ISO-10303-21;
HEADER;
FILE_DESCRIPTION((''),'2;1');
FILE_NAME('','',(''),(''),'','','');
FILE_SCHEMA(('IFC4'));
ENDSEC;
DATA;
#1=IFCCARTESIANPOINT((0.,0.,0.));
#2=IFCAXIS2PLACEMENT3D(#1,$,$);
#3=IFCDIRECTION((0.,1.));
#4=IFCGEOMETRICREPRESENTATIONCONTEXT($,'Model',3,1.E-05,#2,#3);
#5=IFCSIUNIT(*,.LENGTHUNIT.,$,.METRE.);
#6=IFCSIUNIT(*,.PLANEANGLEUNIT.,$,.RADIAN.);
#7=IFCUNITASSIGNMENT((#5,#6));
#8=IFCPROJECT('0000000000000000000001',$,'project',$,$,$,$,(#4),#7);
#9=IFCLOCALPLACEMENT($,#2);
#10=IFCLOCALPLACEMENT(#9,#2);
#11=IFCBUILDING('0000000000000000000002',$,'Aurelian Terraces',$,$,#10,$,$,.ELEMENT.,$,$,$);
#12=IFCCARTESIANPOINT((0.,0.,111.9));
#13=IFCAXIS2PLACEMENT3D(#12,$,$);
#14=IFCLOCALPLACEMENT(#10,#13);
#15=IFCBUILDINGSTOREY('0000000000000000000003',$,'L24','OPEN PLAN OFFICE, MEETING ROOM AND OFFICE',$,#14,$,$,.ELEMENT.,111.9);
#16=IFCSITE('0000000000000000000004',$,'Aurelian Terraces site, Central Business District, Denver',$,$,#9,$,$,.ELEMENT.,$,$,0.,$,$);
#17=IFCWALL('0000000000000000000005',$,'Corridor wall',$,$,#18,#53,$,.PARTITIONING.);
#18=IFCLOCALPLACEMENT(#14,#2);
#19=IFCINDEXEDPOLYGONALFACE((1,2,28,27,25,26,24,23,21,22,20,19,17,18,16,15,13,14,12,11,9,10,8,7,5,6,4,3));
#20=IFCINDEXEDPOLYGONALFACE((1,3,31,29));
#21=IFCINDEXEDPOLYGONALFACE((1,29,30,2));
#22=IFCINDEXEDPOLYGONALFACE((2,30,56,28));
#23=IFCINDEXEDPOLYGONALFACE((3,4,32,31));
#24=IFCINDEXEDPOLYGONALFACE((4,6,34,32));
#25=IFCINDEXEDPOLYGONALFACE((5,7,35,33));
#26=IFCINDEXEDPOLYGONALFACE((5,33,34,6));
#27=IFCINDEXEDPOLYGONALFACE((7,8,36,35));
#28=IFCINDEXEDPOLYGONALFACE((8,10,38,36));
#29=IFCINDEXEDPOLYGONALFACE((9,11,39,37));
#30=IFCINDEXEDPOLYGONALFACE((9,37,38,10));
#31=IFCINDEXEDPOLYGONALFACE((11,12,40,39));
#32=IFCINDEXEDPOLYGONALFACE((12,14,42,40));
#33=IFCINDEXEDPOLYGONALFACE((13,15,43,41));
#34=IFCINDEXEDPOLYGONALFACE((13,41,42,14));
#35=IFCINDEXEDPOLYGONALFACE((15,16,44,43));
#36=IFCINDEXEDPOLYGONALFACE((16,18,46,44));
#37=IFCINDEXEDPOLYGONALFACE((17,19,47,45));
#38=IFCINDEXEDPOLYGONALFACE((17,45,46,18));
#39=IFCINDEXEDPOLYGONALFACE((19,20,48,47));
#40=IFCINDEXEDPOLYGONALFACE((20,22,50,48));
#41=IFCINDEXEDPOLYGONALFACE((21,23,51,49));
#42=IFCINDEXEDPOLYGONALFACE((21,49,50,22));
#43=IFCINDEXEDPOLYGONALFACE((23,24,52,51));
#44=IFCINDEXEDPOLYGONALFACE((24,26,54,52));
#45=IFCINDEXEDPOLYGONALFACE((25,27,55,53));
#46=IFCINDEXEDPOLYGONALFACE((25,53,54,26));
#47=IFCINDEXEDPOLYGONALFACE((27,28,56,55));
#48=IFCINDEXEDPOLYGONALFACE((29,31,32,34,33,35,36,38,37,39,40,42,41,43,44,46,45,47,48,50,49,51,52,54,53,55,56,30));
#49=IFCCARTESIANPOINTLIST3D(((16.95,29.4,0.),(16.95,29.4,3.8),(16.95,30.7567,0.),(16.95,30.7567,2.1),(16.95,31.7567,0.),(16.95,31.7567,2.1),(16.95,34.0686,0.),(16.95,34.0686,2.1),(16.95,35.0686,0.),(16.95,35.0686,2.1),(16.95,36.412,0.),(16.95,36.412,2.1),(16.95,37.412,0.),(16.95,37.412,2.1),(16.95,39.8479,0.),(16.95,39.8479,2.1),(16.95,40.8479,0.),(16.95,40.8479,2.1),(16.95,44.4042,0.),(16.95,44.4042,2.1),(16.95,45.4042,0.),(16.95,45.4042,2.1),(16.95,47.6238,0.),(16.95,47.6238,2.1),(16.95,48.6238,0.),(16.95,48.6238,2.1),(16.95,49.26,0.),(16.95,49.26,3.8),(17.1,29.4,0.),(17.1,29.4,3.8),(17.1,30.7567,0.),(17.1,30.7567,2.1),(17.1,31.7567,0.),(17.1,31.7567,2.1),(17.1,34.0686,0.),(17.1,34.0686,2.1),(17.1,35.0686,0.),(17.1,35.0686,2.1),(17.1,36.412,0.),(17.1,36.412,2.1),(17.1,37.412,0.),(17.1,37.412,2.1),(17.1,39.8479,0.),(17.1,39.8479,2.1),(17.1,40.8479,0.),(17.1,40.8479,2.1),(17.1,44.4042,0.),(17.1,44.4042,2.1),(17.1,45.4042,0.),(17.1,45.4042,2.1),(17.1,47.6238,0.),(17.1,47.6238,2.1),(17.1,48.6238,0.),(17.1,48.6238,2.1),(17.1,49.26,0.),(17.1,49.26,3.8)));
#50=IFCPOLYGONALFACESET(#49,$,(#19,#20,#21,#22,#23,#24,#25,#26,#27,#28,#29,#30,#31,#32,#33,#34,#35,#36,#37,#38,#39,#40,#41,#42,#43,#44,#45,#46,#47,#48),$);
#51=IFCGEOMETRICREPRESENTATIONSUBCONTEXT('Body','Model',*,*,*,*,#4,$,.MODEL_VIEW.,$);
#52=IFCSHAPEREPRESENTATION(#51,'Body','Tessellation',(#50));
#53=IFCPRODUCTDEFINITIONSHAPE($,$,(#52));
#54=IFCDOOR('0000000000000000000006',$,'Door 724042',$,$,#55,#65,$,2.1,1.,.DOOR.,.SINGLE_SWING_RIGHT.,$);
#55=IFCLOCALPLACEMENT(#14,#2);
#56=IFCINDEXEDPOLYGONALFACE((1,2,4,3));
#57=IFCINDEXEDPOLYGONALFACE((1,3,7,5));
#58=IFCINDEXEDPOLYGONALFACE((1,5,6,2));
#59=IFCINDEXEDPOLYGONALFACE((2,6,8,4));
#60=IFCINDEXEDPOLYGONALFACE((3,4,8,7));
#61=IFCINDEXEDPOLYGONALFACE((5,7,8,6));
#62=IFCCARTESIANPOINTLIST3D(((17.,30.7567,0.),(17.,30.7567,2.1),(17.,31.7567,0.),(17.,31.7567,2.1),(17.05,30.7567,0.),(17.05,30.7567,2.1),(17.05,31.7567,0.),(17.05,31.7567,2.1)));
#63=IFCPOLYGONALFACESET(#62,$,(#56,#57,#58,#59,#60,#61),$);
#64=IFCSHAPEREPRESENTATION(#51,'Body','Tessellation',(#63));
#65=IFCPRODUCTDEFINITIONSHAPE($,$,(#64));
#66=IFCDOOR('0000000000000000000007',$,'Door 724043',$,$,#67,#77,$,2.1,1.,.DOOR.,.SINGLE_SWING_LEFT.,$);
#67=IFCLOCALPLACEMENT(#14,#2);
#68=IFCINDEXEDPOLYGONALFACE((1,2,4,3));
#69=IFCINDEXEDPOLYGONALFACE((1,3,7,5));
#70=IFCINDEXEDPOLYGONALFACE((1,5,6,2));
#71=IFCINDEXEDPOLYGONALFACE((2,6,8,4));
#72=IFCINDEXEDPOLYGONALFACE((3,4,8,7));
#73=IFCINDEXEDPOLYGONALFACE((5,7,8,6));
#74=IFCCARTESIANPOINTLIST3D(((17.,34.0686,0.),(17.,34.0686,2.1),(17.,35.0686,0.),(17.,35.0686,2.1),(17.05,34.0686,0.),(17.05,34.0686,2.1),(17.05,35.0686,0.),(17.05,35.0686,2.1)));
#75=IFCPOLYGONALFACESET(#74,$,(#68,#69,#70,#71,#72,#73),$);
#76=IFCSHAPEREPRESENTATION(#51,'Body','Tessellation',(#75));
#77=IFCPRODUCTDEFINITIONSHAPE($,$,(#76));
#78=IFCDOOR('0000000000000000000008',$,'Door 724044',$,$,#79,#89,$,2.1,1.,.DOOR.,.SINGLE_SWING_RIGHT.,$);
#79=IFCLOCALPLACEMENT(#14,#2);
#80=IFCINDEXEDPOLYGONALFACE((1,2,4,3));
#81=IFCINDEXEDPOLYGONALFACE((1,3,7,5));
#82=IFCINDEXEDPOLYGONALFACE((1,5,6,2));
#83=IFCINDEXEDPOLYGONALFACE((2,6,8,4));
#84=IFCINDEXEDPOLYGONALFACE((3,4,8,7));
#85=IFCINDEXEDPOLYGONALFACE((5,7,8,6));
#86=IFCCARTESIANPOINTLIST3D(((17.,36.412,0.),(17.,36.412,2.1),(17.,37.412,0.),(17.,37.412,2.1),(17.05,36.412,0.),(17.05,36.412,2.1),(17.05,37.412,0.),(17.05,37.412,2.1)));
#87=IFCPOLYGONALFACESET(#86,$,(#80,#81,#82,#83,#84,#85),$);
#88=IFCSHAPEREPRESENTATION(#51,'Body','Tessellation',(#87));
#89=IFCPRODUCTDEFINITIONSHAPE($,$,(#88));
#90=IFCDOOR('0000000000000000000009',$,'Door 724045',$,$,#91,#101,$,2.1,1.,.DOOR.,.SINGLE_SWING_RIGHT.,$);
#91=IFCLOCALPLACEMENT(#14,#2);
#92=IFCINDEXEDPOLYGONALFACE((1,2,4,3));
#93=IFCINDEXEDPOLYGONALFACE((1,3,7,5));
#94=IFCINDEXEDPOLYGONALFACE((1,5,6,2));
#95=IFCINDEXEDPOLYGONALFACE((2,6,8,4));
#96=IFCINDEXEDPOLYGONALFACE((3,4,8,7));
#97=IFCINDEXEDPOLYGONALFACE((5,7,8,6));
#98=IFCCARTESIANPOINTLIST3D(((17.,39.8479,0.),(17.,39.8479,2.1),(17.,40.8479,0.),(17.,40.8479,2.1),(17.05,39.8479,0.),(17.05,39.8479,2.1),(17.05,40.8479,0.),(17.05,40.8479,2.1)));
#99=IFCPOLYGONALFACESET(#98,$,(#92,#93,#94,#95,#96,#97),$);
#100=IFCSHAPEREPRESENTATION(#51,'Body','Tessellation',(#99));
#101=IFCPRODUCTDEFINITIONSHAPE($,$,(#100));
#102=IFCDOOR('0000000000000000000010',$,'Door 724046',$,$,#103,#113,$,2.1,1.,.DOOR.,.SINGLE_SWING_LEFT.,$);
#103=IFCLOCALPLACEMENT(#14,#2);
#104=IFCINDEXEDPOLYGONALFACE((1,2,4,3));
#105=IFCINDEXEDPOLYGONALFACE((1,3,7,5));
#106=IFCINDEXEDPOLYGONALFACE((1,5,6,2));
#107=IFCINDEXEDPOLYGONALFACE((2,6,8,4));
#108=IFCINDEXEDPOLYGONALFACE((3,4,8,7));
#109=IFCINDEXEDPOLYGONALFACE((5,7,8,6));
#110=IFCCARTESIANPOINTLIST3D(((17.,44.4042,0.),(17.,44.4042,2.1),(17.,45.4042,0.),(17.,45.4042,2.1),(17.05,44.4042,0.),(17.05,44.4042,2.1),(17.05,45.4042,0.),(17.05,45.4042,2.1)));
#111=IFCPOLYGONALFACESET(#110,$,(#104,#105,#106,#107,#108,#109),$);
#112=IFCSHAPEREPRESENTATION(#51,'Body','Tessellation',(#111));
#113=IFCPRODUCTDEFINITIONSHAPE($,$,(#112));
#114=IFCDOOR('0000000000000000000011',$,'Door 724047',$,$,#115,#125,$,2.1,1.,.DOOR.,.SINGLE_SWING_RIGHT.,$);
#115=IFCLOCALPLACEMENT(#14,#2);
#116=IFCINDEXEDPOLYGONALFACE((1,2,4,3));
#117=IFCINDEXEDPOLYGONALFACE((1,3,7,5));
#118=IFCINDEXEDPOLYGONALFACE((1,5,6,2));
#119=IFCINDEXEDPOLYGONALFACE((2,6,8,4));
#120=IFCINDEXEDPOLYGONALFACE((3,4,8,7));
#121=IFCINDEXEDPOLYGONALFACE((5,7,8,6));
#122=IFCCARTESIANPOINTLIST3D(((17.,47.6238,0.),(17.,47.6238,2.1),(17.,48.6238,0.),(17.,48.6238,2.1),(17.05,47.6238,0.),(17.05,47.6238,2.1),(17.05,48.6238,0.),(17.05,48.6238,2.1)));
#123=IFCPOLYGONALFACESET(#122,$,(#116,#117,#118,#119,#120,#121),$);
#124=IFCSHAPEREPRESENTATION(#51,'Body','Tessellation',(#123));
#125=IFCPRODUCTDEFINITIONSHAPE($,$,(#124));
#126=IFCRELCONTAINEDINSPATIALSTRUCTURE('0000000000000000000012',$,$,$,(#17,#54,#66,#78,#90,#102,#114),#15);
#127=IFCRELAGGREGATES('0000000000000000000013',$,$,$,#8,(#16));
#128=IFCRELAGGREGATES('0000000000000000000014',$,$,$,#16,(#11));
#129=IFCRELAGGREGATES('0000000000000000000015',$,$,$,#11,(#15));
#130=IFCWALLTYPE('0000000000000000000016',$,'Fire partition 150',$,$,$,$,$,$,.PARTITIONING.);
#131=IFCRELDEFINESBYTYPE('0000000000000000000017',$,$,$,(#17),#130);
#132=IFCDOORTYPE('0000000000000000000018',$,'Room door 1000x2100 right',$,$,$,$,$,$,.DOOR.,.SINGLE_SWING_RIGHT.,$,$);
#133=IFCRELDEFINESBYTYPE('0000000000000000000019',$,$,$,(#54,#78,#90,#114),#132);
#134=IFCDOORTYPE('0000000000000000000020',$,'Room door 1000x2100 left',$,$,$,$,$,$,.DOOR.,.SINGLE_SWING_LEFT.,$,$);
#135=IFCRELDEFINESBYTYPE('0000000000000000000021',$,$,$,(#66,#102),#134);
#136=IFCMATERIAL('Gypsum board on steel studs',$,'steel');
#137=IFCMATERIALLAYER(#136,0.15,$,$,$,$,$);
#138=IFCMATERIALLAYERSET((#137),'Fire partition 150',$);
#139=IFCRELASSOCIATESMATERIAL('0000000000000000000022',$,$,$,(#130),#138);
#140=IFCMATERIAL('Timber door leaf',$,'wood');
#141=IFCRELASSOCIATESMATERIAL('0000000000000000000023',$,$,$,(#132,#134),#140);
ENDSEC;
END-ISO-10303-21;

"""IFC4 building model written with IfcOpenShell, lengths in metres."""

from ifc_helpers import new_model, si_unit, direction, frame, frame_2d, origin, place, context, subcontext, project, spatial, rectangle, extrude, source, transform, mapped, material, layer, layer_set, type_object, element, fill, save


model = new_model("IFC4")

# Units and contexts
model_context = context("Model", 3, precision=1e-05, world=origin(), true_north=direction((0.0, 1.0)))
body_context = subcontext(model_context, "Body", "Model", "MODEL_VIEW")
ifc_project = project(units=[si_unit("LENGTHUNIT", "METRE"), si_unit("PLANEANGLEUNIT", "RADIAN")], contexts=[model_context])

# Site, building, storey
site_placement = place(None, origin())
site = spatial("IfcSite", under=ifc_project, at=site_placement, Name="Aurelian Terraces site, Central Business District, Denver", CompositionType="ELEMENT", RefElevation=0.0)
building_placement = place(site_placement, origin())
building = spatial("IfcBuilding", under=site, at=building_placement, Name="Aurelian Terraces", CompositionType="ELEMENT")
storey_placement = place(building_placement, frame((0.0, 0.0, 111.9)))
storey = spatial("IfcBuildingStorey", under=building, at=storey_placement, Name="L24", Description="OPEN PLAN OFFICE, MEETING ROOM AND OFFICE", CompositionType="ELEMENT", Elevation=111.9)

# Shared definitions
ifc_material_1 = material(Name="Gypsum board on steel studs", Category="steel")

# Wall, openings, doors
ifc_layer_1 = layer(ifc_material_1, 0.15)
ifc_layer_set_1 = layer_set([ifc_layer_1], Name="Fire partition 150")
wall_type_1 = type_object("IfcWallType", Name="Fire partition 150", PredefinedType="PARTITIONING", material=ifc_layer_set_1)
ifc_material_2 = material(Name="Timber door leaf", Category="wood")
shared_shape_1 = source(origin(), body_context, "Body", "SweptSolid", [
    extrude(rectangle(XDim=19.86, YDim=0.15, at=frame_2d((9.93, 0.0))), origin(), (0.0, 0.0, 1.0), 3.8),
])
wall_1_placement = place(storey_placement, frame((17.025, 49.26, 0.0), z_axis=(0.0, 0.0, 1.0), x_axis=(0.0, -1.0, 0.0)))
wall_1 = element("IfcWall", 1, at=wall_1_placement, inside=storey, type_object=wall_type_1, Name="Corridor wall", PredefinedType="PARTITIONING", context=body_context, shape_type="MappedRepresentation", body=[
    mapped(shared_shape_1, transform((0.0, 0.0, 0.0), scale=1.0)),
])
shared_shape_2 = source(origin(), body_context, "Body", "SweptSolid", [
    extrude(rectangle(XDim=1.0, YDim=2.1, at=frame_2d((0.5, 1.05))), frame((0.0, 0.085, 0.0), z_axis=(0.0, -1.0, 0.0), x_axis=(1.0, 0.0, 0.0)), (0.0, 0.0, 1.0), 0.17),
])
opening_1_placement = place(wall_1_placement, frame((17.5033, 0.0, 0.0)))
opening_1 = element("IfcOpeningElement", 2, at=opening_1_placement, cuts=wall_1, PredefinedType="OPENING", context=body_context, shape_type="MappedRepresentation", body=[
    mapped(shared_shape_2, transform((0.0, 0.0, 0.0), scale=1.0)),
])
opening_2_placement = place(wall_1_placement, frame((14.1914, 0.0, 0.0)))
opening_2 = element("IfcOpeningElement", 3, at=opening_2_placement, cuts=wall_1, PredefinedType="OPENING", context=body_context, shape_type="MappedRepresentation", body=[
    mapped(shared_shape_2, transform((0.0, 0.0, 0.0), scale=1.0)),
])
opening_3_placement = place(wall_1_placement, frame((11.848, 0.0, 0.0)))
opening_3 = element("IfcOpeningElement", 4, at=opening_3_placement, cuts=wall_1, PredefinedType="OPENING", context=body_context, shape_type="MappedRepresentation", body=[
    mapped(shared_shape_2, transform((0.0, 0.0, 0.0), scale=1.0)),
])
opening_4_placement = place(wall_1_placement, frame((8.4121, 0.0, 0.0)))
opening_4 = element("IfcOpeningElement", 5, at=opening_4_placement, cuts=wall_1, PredefinedType="OPENING", context=body_context, shape_type="MappedRepresentation", body=[
    mapped(shared_shape_2, transform((0.0, 0.0, 0.0), scale=1.0)),
])
opening_5_placement = place(wall_1_placement, frame((3.8558, 0.0, 0.0)))
opening_5 = element("IfcOpeningElement", 6, at=opening_5_placement, cuts=wall_1, PredefinedType="OPENING", context=body_context, shape_type="MappedRepresentation", body=[
    mapped(shared_shape_2, transform((0.0, 0.0, 0.0), scale=1.0)),
])
opening_6_placement = place(wall_1_placement, frame((0.6362, 0.0, 0.0)))
opening_6 = element("IfcOpeningElement", 7, at=opening_6_placement, cuts=wall_1, PredefinedType="OPENING", context=body_context, shape_type="MappedRepresentation", body=[
    mapped(shared_shape_2, transform((0.0, 0.0, 0.0), scale=1.0)),
])
door_type_1 = type_object("IfcDoorType", Name="Room door 1000x2100 right", OperationType="SINGLE_SWING_RIGHT", PredefinedType="DOOR", material=ifc_material_2)
shared_shape_3 = source(origin(), body_context, "Body", "SweptSolid", [
    extrude(rectangle(XDim=1.0, YDim=2.1, at=frame_2d((0.5, 1.05))), frame((0.0, 0.025, 0.0), z_axis=(0.0, -1.0, 0.0), x_axis=(1.0, 0.0, 0.0)), (0.0, 0.0, 1.0), 0.05),
])
door_1_placement = place(opening_1_placement, origin())
door_1 = element("IfcDoor", 8, at=door_1_placement, inside=storey, type_object=door_type_1, Name="Door 724042", OperationType="SINGLE_SWING_RIGHT", OverallHeight=2.1, OverallWidth=1.0, PredefinedType="DOOR", context=body_context, shape_type="MappedRepresentation", body=[
    mapped(shared_shape_3, transform((0.0, 0.0, 0.0), scale=1.0)),
])
fill(opening_1, door_1)
door_type_2 = type_object("IfcDoorType", Name="Room door 1000x2100 left", OperationType="SINGLE_SWING_LEFT", PredefinedType="DOOR", material=ifc_material_2)
door_2_placement = place(opening_2_placement, origin())
door_2 = element("IfcDoor", 9, at=door_2_placement, inside=storey, type_object=door_type_2, Name="Door 724043", OperationType="SINGLE_SWING_LEFT", OverallHeight=2.1, OverallWidth=1.0, PredefinedType="DOOR", context=body_context, shape_type="MappedRepresentation", body=[
    mapped(shared_shape_3, transform((0.0, 0.0, 0.0), scale=1.0)),
])
fill(opening_2, door_2)
door_3_placement = place(opening_3_placement, origin())
door_3 = element("IfcDoor", 10, at=door_3_placement, inside=storey, type_object=door_type_1, Name="Door 724044", OperationType="SINGLE_SWING_RIGHT", OverallHeight=2.1, OverallWidth=1.0, PredefinedType="DOOR", context=body_context, shape_type="MappedRepresentation", body=[
    mapped(shared_shape_3, transform((0.0, 0.0, 0.0), scale=1.0)),
])
fill(opening_3, door_3)
door_4_placement = place(opening_4_placement, origin())
door_4 = element("IfcDoor", 11, at=door_4_placement, inside=storey, type_object=door_type_1, Name="Door 724045", OperationType="SINGLE_SWING_RIGHT", OverallHeight=2.1, OverallWidth=1.0, PredefinedType="DOOR", context=body_context, shape_type="MappedRepresentation", body=[
    mapped(shared_shape_3, transform((0.0, 0.0, 0.0), scale=1.0)),
])
fill(opening_4, door_4)
door_5_placement = place(opening_5_placement, origin())
door_5 = element("IfcDoor", 12, at=door_5_placement, inside=storey, type_object=door_type_2, Name="Door 724046", OperationType="SINGLE_SWING_LEFT", OverallHeight=2.1, OverallWidth=1.0, PredefinedType="DOOR", context=body_context, shape_type="MappedRepresentation", body=[
    mapped(shared_shape_3, transform((0.0, 0.0, 0.0), scale=1.0)),
])
fill(opening_5, door_5)
door_6_placement = place(opening_6_placement, origin())
door_6 = element("IfcDoor", 13, at=door_6_placement, inside=storey, type_object=door_type_1, Name="Door 724047", OperationType="SINGLE_SWING_RIGHT", OverallHeight=2.1, OverallWidth=1.0, PredefinedType="DOOR", context=body_context, shape_type="MappedRepresentation", body=[
    mapped(shared_shape_3, transform((0.0, 0.0, 0.0), scale=1.0)),
])
fill(opening_6, door_6)

save(model, "model.ifc")
